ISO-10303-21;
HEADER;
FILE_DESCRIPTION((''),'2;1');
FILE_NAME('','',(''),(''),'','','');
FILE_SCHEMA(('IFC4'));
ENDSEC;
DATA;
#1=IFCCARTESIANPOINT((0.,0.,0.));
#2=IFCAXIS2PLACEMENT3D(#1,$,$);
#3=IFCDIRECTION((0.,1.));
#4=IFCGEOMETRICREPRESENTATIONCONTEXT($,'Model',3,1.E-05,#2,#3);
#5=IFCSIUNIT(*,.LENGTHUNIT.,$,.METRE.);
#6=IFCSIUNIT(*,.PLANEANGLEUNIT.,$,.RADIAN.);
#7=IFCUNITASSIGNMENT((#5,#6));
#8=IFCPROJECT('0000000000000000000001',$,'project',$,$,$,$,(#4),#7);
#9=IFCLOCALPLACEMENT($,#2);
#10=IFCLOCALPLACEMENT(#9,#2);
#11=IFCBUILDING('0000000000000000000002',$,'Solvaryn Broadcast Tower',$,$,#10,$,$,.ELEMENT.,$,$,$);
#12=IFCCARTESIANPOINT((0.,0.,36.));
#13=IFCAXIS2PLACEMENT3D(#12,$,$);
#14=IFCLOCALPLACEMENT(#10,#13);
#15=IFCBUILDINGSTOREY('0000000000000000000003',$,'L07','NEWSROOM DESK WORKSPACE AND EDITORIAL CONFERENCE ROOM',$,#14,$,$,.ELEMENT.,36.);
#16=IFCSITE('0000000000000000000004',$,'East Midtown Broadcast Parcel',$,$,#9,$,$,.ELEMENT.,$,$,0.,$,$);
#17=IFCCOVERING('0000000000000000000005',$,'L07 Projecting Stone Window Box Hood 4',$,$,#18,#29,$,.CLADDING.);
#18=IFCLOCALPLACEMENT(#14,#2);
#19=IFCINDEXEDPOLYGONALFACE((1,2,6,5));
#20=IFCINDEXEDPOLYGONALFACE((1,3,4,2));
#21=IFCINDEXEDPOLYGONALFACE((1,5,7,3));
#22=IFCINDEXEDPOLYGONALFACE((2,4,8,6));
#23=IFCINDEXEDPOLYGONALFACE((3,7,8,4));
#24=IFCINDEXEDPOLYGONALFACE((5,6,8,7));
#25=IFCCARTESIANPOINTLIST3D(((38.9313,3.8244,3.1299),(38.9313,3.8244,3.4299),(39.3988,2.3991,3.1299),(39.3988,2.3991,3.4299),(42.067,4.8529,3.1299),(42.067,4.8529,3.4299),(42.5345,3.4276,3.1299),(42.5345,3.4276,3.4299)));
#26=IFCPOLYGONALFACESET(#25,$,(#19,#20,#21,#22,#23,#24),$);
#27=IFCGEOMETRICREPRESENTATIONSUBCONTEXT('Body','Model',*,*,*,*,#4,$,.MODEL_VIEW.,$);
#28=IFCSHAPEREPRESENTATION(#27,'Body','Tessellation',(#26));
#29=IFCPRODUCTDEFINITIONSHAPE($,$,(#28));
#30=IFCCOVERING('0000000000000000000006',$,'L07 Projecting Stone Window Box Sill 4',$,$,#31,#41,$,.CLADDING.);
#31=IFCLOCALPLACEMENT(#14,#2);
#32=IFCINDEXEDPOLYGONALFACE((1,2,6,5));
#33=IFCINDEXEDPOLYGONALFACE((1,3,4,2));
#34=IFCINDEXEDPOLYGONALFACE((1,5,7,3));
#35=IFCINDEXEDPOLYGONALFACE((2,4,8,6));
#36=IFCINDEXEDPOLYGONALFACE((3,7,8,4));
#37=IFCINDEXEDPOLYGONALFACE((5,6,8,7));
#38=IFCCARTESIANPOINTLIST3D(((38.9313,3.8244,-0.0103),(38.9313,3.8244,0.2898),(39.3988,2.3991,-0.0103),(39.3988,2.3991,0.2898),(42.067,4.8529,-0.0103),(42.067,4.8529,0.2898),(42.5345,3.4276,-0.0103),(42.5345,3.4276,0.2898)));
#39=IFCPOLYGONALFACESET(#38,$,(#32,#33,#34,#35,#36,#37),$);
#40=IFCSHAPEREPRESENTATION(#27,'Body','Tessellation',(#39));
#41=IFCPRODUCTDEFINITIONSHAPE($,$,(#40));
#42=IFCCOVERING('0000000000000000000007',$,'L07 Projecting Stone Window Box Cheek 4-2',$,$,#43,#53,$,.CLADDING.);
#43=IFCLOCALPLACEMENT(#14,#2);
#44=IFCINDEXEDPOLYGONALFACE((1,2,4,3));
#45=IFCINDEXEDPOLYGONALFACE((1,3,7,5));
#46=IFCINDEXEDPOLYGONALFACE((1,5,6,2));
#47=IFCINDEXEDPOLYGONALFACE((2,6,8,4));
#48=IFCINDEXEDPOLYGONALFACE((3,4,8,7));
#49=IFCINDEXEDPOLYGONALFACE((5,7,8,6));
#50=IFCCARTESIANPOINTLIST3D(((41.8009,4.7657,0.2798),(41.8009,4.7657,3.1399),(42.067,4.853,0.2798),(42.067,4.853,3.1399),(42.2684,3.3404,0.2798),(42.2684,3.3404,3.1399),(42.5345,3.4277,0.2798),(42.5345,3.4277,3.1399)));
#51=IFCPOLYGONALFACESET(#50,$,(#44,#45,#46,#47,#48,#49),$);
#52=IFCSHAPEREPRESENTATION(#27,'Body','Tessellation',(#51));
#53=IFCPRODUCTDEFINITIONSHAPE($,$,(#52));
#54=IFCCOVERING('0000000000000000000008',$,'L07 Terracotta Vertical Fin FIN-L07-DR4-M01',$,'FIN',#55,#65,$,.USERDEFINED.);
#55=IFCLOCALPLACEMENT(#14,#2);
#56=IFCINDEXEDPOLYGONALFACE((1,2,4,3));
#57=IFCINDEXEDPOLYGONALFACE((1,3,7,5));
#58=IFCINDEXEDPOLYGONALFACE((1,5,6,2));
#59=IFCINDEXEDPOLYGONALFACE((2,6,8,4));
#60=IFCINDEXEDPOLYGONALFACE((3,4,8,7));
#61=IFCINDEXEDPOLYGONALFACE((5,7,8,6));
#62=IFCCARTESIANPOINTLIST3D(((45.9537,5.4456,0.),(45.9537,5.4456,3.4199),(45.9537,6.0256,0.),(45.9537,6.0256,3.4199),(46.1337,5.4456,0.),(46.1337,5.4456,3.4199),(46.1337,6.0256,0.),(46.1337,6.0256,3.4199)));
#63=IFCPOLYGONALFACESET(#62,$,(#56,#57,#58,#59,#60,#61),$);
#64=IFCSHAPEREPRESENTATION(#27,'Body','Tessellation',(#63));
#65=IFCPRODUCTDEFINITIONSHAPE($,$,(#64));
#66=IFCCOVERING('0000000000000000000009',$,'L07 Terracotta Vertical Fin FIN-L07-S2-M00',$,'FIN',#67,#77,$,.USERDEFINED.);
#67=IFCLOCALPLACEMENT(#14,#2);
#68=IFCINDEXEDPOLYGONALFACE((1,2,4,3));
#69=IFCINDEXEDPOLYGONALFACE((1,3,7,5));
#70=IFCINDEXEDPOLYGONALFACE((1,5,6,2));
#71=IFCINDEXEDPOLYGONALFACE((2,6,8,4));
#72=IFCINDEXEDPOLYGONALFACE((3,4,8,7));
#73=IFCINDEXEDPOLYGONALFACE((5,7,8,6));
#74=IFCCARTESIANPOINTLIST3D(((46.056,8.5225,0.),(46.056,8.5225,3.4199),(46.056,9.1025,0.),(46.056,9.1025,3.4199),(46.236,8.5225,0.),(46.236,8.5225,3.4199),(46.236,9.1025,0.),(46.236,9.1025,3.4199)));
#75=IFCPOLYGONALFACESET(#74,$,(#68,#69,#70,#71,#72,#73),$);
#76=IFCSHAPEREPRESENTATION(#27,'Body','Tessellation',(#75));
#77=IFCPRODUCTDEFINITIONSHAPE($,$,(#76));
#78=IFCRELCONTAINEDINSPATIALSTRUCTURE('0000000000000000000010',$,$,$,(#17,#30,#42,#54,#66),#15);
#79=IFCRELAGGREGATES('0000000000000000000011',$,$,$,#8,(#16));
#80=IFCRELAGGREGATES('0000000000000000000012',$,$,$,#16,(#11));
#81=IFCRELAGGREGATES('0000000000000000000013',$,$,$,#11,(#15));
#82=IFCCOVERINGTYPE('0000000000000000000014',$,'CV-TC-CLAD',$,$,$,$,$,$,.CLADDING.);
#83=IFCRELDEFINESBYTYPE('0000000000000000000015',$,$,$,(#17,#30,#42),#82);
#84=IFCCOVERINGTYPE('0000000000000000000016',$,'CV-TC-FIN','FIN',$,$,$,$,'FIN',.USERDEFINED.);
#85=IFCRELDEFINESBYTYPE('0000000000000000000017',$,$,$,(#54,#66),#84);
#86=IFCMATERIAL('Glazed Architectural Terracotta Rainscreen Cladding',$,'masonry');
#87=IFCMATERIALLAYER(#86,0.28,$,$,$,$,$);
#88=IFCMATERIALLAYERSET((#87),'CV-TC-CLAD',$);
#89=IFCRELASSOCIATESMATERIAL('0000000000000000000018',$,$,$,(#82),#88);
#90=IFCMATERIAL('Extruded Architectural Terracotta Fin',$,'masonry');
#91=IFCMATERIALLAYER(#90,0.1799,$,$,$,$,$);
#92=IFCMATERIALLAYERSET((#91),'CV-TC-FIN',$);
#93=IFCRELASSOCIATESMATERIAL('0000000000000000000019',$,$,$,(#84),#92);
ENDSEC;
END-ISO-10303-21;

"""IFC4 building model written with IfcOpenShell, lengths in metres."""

from ifc_helpers import new_model, si_unit, direction, frame, origin, origin_2d, place, context, subcontext, project, spatial, rectangle, extrude, material, layer, layer_set, type_object, element, save


model = new_model("IFC4")

# Units and contexts
model_context = context("Model", 3, precision=1e-05, world=origin(), true_north=direction((0.0, 1.0)))
body_context = subcontext(model_context, "Body", "Model", "MODEL_VIEW")
ifc_project = project(units=[si_unit("LENGTHUNIT", "METRE"), si_unit("PLANEANGLEUNIT", "RADIAN")], contexts=[model_context])

# Site, building, storey
site_placement = place(None, origin())
site = spatial("IfcSite", under=ifc_project, at=site_placement, Name="East Midtown Broadcast Parcel", CompositionType="ELEMENT", RefElevation=0.0)
building_placement = place(site_placement, origin())
building = spatial("IfcBuilding", under=site, at=building_placement, Name="Solvaryn Broadcast Tower", CompositionType="ELEMENT")
storey_placement = place(building_placement, frame((0.0, 0.0, 36.0)))
storey = spatial("IfcBuildingStorey", under=building, at=storey_placement, Name="L07", Description="NEWSROOM DESK WORKSPACE AND EDITORIAL CONFERENCE ROOM", CompositionType="ELEMENT", Elevation=36.0)

# Coverings
ifc_material_1 = material(Name="Glazed Architectural Terracotta Rainscreen Cladding", Category="masonry")
ifc_layer_1 = layer(ifc_material_1, 0.28)
ifc_layer_set_1 = layer_set([ifc_layer_1], Name="CV-TC-CLAD")
covering_type_1 = type_object("IfcCoveringType", Name="CV-TC-CLAD", PredefinedType="CLADDING", material=ifc_layer_set_1)
for number, where, z_axis, x_axis, name in (
    (1, (40.7329, 3.626, 3.1299), (0.0, 0.0, 1.0), (0.95019, 0.311672, 0.0), "L07 Projecting Stone Window Box Hood 4"),
    (2, (40.7329, 3.626, -0.0103), (0.0, 0.0, 1.0), (0.95019, 0.311672, 0.0), "L07 Projecting Stone Window Box Sill 4"),
):
    element("IfcCovering", number, at=place(storey_placement, frame(where, z_axis=z_axis, x_axis=x_axis)), inside=storey, type_object=covering_type_1, Name=name, PredefinedType="CLADDING", context=body_context, shape_type="SweptSolid", body=[
        extrude(rectangle(XDim=3.3, YDim=1.5, at=origin_2d()), origin(), (0.0, 0.0, 1.0), 0.3),
    ])
covering_placement = place(storey_placement, frame((42.1677, 4.0967, 0.2798), z_axis=(0.0, 0.0, 1.0), x_axis=(0.95019, 0.311672, 0.0)))
element("IfcCovering", 3, at=covering_placement, inside=storey, type_object=covering_type_1, Name="L07 Projecting Stone Window Box Cheek 4-2", PredefinedType="CLADDING", context=body_context, shape_type="SweptSolid", body=[
    extrude(rectangle(XDim=0.28, YDim=1.5, at=origin_2d()), origin(), (0.0, 0.0, 1.0), 2.8601),
])
ifc_material_2 = material(Name="Extruded Architectural Terracotta Fin", Category="masonry")
ifc_layer_2 = layer(ifc_material_2, 0.1799)
ifc_layer_set_2 = layer_set([ifc_layer_2], Name="CV-TC-FIN")
covering_type_2 = type_object("IfcCoveringType", Name="CV-TC-FIN", Description="FIN", ElementType="FIN", PredefinedType="USERDEFINED", material=ifc_layer_set_2)
for number, where, z_axis, x_axis, name in (
    (4, (46.0437, 5.7356, 0.0), (0.0, 0.0, 1.0), (1.0, 0.0, 0.0), "L07 Terracotta Vertical Fin FIN-L07-DR4-M01"),
    (5, (46.146, 8.8125, 0.0), (0.0, 0.0, 1.0), (1.0, 0.0, 0.0), "L07 Terracotta Vertical Fin FIN-L07-S2-M00"),
):
    element("IfcCovering", number, at=place(storey_placement, frame(where, z_axis=z_axis, x_axis=x_axis)), inside=storey, type_object=covering_type_2, Name=name, ObjectType="FIN", PredefinedType="USERDEFINED", context=body_context, shape_type="SweptSolid", body=[
        extrude(rectangle(XDim=0.1799, YDim=0.5801, at=origin_2d()), origin(), (0.0, 0.0, 1.0), 3.4199),
    ])

save(model, "model.ifc")
